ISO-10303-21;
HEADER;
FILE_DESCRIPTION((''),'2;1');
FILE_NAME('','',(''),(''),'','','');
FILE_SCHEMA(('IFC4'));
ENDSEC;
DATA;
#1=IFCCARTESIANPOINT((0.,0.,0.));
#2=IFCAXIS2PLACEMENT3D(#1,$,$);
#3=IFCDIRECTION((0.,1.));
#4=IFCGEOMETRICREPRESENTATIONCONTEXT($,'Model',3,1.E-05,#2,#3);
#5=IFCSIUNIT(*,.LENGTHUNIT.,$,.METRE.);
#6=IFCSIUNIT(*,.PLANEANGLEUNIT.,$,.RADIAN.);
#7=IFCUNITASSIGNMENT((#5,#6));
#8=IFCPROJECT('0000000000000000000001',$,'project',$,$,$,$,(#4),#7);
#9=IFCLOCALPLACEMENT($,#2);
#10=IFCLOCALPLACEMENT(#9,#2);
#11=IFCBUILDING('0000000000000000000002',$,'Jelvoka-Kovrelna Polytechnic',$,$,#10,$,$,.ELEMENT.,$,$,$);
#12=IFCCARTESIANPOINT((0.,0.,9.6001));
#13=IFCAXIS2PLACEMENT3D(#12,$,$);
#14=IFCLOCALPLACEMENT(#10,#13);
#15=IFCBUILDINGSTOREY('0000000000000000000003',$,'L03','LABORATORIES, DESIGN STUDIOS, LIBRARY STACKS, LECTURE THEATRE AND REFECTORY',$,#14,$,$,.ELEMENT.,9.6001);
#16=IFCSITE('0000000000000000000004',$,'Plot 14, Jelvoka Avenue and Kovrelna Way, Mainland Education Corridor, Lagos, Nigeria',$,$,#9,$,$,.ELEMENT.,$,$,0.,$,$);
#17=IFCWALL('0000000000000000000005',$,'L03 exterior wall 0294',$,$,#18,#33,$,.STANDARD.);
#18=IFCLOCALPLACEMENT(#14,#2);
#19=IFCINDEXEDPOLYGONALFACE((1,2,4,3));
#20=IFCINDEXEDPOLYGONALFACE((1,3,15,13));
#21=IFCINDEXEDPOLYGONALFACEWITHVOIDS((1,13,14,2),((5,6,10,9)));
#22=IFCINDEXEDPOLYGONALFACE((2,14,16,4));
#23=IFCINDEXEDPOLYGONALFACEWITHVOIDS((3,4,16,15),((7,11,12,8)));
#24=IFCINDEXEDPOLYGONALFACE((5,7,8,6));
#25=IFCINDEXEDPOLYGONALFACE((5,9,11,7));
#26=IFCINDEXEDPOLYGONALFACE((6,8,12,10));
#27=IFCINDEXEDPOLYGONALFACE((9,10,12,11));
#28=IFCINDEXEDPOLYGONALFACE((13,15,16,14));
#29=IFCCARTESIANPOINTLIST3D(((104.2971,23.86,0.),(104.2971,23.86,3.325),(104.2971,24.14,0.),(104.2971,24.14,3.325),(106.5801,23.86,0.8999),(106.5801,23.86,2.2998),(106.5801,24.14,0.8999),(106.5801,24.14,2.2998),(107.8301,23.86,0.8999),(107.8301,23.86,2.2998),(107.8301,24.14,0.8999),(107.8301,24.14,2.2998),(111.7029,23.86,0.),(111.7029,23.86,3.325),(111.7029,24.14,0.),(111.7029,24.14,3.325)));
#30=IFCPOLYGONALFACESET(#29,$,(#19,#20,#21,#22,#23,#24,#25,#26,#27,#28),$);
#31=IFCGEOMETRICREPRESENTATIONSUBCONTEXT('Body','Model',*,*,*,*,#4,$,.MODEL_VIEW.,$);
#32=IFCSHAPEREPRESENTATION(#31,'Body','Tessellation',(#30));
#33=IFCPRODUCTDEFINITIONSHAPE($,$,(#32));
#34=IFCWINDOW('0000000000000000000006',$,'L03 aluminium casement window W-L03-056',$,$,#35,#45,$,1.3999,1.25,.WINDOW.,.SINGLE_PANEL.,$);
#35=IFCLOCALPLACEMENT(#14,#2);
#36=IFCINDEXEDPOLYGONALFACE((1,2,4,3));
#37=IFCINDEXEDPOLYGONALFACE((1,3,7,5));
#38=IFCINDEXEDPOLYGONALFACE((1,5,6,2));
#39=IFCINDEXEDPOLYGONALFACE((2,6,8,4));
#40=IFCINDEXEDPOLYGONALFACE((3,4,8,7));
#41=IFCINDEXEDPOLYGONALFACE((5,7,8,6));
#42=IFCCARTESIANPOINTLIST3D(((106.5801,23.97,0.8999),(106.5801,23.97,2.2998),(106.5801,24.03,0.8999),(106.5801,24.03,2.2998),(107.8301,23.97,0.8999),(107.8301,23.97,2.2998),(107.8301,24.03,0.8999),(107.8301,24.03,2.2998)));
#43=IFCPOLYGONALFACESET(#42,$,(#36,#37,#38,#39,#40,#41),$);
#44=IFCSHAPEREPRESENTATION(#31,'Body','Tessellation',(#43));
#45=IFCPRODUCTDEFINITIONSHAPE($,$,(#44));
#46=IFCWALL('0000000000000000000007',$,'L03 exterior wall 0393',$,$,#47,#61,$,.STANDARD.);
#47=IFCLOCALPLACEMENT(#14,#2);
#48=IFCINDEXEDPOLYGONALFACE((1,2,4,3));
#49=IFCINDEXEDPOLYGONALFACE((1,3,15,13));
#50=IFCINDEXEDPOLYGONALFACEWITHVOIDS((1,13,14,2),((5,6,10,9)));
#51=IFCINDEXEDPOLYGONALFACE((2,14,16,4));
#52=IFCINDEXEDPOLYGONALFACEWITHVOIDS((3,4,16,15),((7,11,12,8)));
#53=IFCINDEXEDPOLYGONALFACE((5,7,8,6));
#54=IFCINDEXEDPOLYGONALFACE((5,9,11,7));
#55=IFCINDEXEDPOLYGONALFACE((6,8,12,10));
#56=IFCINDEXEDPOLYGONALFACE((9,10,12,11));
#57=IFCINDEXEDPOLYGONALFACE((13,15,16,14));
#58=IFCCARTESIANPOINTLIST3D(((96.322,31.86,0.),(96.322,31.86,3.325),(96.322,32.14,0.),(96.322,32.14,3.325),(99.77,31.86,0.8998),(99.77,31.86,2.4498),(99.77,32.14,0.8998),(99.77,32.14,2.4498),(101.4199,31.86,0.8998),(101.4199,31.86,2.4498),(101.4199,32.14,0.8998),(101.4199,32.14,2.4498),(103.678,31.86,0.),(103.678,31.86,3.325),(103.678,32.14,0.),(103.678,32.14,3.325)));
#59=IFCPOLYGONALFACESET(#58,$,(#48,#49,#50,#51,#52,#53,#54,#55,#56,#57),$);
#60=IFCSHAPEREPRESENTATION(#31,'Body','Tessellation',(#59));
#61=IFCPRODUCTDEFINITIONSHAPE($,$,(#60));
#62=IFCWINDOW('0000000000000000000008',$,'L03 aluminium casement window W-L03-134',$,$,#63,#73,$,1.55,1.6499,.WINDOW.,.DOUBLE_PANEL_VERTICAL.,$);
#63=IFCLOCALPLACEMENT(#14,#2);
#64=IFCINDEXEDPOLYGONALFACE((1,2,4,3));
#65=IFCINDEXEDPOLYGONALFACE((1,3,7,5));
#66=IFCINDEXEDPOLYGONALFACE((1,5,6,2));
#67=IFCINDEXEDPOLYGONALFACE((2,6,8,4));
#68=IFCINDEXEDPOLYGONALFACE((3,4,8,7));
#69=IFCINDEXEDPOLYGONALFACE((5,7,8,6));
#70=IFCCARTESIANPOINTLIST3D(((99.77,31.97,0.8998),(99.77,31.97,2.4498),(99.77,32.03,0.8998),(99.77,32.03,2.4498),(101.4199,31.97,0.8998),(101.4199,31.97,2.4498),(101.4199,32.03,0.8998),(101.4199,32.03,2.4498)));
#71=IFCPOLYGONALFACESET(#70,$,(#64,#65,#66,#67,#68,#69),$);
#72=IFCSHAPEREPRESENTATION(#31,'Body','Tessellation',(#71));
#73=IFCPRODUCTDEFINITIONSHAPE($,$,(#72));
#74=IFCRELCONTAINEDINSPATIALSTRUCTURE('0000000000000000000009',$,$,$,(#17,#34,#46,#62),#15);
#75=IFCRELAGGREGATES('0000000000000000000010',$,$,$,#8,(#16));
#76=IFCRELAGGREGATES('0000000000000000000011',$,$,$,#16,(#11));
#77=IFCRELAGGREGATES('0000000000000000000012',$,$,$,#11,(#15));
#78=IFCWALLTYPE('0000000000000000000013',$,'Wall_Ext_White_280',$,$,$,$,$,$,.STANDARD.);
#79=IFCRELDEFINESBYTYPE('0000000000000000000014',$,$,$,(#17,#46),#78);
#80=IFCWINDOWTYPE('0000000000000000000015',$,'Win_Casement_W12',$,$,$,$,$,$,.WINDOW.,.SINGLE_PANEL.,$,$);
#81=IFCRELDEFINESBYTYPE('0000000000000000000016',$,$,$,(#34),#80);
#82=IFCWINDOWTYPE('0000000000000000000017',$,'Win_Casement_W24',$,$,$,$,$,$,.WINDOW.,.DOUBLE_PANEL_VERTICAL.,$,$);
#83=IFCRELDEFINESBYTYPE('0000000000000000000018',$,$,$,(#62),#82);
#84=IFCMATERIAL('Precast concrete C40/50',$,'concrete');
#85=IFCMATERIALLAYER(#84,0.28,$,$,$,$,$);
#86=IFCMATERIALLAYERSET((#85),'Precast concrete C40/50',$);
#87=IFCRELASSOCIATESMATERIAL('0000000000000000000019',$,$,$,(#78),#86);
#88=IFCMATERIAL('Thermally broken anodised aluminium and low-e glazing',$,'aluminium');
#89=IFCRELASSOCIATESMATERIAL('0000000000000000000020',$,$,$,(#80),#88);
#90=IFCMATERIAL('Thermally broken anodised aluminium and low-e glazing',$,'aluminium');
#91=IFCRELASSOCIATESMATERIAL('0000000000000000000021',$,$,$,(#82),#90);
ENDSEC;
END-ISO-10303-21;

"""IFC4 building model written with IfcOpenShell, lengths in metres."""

from ifc_helpers import new_model, si_unit, direction, frame, frame_2d, origin, place, context, subcontext, project, spatial, rectangle, extrude, material, layer, layer_set, type_object, element, fill, save


model = new_model("IFC4")

# Units and contexts
model_context = context("Model", 3, precision=1e-05, world=origin(), true_north=direction((0.0, 1.0)))
body_context = subcontext(model_context, "Body", "Model", "MODEL_VIEW")
ifc_project = project(units=[si_unit("LENGTHUNIT", "METRE"), si_unit("PLANEANGLEUNIT", "RADIAN")], contexts=[model_context])

# Site, building, storey
site_placement = place(None, origin())
site = spatial("IfcSite", under=ifc_project, at=site_placement, Name="Plot 14, Jelvoka Avenue and Kovrelna Way, Mainland Education Corridor, Lagos, Nigeria", CompositionType="ELEMENT", RefElevation=0.0)
building_placement = place(site_placement, origin())
building = spatial("IfcBuilding", under=site, at=building_placement, Name="Jelvoka-Kovrelna Polytechnic", CompositionType="ELEMENT")
storey_placement = place(building_placement, frame((0.0, 0.0, 9.6001)))
storey = spatial("IfcBuildingStorey", under=building, at=storey_placement, Name="L03", Description="LABORATORIES, DESIGN STUDIOS, LIBRARY STACKS, LECTURE THEATRE AND REFECTORY", CompositionType="ELEMENT", Elevation=9.6001)

# Walls, openings, windows
ifc_material_1 = material(Name="Precast concrete C40/50", Category="concrete")
ifc_layer_1 = layer(ifc_material_1, 0.28)
ifc_layer_set_1 = layer_set([ifc_layer_1], Name="Precast concrete C40/50")
wall_type_1 = type_object("IfcWallType", Name="Wall_Ext_White_280", PredefinedType="STANDARD", material=ifc_layer_set_1)
wall_1_placement = place(storey_placement, frame((104.2971, 24.0, 0.0), z_axis=(0.0, 0.0, 1.0), x_axis=(1.0, 0.0, 0.0)))
wall_1 = element("IfcWall", 1, at=wall_1_placement, inside=storey, type_object=wall_type_1, Name="L03 exterior wall 0294", PredefinedType="STANDARD", context=body_context, shape_type="SweptSolid", body=[
    extrude(rectangle(XDim=7.4058, YDim=0.28, at=frame_2d((3.7029, 0.0))), origin(), (0.0, 0.0, 1.0), 3.325),
])
opening_1_placement = place(wall_1_placement, frame((2.283, 0.0, 0.8999)))
opening_1 = element("IfcOpeningElement", 2, at=opening_1_placement, cuts=wall_1, PredefinedType="OPENING", context=body_context, shape_type="SweptSolid", body=[
    extrude(rectangle(XDim=1.25, YDim=1.3999, at=frame_2d((0.625, 0.7))), frame((0.0, 0.1501, 0.0), z_axis=(0.0, -1.0, 0.0), x_axis=(1.0, 0.0, 0.0)), (0.0, 0.0, 1.0), 0.3),
])
ifc_material_2 = material(Name="Thermally broken anodised aluminium and low-e glazing", Category="aluminium")
window_type_1 = type_object("IfcWindowType", Name="Win_Casement_W12", PartitioningType="SINGLE_PANEL", PredefinedType="WINDOW", material=ifc_material_2)
window_1_placement = place(opening_1_placement, origin())
window_1 = element("IfcWindow", 3, at=window_1_placement, inside=storey, type_object=window_type_1, Name="L03 aluminium casement window W-L03-056", OverallHeight=1.3999, OverallWidth=1.25, PartitioningType="SINGLE_PANEL", PredefinedType="WINDOW", context=body_context, shape_type="SweptSolid", body=[
    extrude(rectangle(XDim=1.25, YDim=1.3999, at=frame_2d((0.625, 0.7))), frame((0.0, 0.03, 0.0), z_axis=(0.0, -1.0, 0.0), x_axis=(1.0, 0.0, 0.0)), (0.0, 0.0, 1.0), 0.0601),
])
fill(opening_1, window_1)
wall_2_placement = place(storey_placement, frame((103.678, 32.0, 0.0), z_axis=(0.0, 0.0, 1.0), x_axis=(-1.0, 0.0, 0.0)))
wall_2 = element("IfcWall", 4, at=wall_2_placement, inside=storey, type_object=wall_type_1, Name="L03 exterior wall 0393", PredefinedType="STANDARD", context=body_context, shape_type="SweptSolid", body=[
    extrude(rectangle(XDim=7.356, YDim=0.28, at=frame_2d((3.678, 0.0))), origin(), (0.0, 0.0, 1.0), 3.325),
])
opening_2_placement = place(wall_2_placement, frame((2.2581, 0.0, 0.8999)))
opening_2 = element("IfcOpeningElement", 5, at=opening_2_placement, cuts=wall_2, PredefinedType="OPENING", context=body_context, shape_type="SweptSolid", body=[
    extrude(rectangle(XDim=1.6499, YDim=1.55, at=frame_2d((0.825, 0.7749))), frame((0.0, 0.1501, 0.0), z_axis=(0.0, -1.0, 0.0), x_axis=(1.0, 0.0, 0.0)), (0.0, 0.0, 1.0), 0.3),
])
ifc_material_3 = material(Name="Thermally broken anodised aluminium and low-e glazing", Category="aluminium")
window_type_2 = type_object("IfcWindowType", Name="Win_Casement_W24", PartitioningType="DOUBLE_PANEL_VERTICAL", PredefinedType="WINDOW", material=ifc_material_3)
window_2_placement = place(opening_2_placement, origin())
window_2 = element("IfcWindow", 6, at=window_2_placement, inside=storey, type_object=window_type_2, Name="L03 aluminium casement window W-L03-134", OverallHeight=1.55, OverallWidth=1.6499, PartitioningType="DOUBLE_PANEL_VERTICAL", PredefinedType="WINDOW", context=body_context, shape_type="SweptSolid", body=[
    extrude(rectangle(XDim=1.6499, YDim=1.55, at=frame_2d((0.825, 0.7749))), frame((0.0, 0.03, 0.0), z_axis=(0.0, -1.0, 0.0), x_axis=(1.0, 0.0, 0.0)), (0.0, 0.0, 1.0), 0.0601),
])
fill(opening_2, window_2)

save(model, "model.ifc")
